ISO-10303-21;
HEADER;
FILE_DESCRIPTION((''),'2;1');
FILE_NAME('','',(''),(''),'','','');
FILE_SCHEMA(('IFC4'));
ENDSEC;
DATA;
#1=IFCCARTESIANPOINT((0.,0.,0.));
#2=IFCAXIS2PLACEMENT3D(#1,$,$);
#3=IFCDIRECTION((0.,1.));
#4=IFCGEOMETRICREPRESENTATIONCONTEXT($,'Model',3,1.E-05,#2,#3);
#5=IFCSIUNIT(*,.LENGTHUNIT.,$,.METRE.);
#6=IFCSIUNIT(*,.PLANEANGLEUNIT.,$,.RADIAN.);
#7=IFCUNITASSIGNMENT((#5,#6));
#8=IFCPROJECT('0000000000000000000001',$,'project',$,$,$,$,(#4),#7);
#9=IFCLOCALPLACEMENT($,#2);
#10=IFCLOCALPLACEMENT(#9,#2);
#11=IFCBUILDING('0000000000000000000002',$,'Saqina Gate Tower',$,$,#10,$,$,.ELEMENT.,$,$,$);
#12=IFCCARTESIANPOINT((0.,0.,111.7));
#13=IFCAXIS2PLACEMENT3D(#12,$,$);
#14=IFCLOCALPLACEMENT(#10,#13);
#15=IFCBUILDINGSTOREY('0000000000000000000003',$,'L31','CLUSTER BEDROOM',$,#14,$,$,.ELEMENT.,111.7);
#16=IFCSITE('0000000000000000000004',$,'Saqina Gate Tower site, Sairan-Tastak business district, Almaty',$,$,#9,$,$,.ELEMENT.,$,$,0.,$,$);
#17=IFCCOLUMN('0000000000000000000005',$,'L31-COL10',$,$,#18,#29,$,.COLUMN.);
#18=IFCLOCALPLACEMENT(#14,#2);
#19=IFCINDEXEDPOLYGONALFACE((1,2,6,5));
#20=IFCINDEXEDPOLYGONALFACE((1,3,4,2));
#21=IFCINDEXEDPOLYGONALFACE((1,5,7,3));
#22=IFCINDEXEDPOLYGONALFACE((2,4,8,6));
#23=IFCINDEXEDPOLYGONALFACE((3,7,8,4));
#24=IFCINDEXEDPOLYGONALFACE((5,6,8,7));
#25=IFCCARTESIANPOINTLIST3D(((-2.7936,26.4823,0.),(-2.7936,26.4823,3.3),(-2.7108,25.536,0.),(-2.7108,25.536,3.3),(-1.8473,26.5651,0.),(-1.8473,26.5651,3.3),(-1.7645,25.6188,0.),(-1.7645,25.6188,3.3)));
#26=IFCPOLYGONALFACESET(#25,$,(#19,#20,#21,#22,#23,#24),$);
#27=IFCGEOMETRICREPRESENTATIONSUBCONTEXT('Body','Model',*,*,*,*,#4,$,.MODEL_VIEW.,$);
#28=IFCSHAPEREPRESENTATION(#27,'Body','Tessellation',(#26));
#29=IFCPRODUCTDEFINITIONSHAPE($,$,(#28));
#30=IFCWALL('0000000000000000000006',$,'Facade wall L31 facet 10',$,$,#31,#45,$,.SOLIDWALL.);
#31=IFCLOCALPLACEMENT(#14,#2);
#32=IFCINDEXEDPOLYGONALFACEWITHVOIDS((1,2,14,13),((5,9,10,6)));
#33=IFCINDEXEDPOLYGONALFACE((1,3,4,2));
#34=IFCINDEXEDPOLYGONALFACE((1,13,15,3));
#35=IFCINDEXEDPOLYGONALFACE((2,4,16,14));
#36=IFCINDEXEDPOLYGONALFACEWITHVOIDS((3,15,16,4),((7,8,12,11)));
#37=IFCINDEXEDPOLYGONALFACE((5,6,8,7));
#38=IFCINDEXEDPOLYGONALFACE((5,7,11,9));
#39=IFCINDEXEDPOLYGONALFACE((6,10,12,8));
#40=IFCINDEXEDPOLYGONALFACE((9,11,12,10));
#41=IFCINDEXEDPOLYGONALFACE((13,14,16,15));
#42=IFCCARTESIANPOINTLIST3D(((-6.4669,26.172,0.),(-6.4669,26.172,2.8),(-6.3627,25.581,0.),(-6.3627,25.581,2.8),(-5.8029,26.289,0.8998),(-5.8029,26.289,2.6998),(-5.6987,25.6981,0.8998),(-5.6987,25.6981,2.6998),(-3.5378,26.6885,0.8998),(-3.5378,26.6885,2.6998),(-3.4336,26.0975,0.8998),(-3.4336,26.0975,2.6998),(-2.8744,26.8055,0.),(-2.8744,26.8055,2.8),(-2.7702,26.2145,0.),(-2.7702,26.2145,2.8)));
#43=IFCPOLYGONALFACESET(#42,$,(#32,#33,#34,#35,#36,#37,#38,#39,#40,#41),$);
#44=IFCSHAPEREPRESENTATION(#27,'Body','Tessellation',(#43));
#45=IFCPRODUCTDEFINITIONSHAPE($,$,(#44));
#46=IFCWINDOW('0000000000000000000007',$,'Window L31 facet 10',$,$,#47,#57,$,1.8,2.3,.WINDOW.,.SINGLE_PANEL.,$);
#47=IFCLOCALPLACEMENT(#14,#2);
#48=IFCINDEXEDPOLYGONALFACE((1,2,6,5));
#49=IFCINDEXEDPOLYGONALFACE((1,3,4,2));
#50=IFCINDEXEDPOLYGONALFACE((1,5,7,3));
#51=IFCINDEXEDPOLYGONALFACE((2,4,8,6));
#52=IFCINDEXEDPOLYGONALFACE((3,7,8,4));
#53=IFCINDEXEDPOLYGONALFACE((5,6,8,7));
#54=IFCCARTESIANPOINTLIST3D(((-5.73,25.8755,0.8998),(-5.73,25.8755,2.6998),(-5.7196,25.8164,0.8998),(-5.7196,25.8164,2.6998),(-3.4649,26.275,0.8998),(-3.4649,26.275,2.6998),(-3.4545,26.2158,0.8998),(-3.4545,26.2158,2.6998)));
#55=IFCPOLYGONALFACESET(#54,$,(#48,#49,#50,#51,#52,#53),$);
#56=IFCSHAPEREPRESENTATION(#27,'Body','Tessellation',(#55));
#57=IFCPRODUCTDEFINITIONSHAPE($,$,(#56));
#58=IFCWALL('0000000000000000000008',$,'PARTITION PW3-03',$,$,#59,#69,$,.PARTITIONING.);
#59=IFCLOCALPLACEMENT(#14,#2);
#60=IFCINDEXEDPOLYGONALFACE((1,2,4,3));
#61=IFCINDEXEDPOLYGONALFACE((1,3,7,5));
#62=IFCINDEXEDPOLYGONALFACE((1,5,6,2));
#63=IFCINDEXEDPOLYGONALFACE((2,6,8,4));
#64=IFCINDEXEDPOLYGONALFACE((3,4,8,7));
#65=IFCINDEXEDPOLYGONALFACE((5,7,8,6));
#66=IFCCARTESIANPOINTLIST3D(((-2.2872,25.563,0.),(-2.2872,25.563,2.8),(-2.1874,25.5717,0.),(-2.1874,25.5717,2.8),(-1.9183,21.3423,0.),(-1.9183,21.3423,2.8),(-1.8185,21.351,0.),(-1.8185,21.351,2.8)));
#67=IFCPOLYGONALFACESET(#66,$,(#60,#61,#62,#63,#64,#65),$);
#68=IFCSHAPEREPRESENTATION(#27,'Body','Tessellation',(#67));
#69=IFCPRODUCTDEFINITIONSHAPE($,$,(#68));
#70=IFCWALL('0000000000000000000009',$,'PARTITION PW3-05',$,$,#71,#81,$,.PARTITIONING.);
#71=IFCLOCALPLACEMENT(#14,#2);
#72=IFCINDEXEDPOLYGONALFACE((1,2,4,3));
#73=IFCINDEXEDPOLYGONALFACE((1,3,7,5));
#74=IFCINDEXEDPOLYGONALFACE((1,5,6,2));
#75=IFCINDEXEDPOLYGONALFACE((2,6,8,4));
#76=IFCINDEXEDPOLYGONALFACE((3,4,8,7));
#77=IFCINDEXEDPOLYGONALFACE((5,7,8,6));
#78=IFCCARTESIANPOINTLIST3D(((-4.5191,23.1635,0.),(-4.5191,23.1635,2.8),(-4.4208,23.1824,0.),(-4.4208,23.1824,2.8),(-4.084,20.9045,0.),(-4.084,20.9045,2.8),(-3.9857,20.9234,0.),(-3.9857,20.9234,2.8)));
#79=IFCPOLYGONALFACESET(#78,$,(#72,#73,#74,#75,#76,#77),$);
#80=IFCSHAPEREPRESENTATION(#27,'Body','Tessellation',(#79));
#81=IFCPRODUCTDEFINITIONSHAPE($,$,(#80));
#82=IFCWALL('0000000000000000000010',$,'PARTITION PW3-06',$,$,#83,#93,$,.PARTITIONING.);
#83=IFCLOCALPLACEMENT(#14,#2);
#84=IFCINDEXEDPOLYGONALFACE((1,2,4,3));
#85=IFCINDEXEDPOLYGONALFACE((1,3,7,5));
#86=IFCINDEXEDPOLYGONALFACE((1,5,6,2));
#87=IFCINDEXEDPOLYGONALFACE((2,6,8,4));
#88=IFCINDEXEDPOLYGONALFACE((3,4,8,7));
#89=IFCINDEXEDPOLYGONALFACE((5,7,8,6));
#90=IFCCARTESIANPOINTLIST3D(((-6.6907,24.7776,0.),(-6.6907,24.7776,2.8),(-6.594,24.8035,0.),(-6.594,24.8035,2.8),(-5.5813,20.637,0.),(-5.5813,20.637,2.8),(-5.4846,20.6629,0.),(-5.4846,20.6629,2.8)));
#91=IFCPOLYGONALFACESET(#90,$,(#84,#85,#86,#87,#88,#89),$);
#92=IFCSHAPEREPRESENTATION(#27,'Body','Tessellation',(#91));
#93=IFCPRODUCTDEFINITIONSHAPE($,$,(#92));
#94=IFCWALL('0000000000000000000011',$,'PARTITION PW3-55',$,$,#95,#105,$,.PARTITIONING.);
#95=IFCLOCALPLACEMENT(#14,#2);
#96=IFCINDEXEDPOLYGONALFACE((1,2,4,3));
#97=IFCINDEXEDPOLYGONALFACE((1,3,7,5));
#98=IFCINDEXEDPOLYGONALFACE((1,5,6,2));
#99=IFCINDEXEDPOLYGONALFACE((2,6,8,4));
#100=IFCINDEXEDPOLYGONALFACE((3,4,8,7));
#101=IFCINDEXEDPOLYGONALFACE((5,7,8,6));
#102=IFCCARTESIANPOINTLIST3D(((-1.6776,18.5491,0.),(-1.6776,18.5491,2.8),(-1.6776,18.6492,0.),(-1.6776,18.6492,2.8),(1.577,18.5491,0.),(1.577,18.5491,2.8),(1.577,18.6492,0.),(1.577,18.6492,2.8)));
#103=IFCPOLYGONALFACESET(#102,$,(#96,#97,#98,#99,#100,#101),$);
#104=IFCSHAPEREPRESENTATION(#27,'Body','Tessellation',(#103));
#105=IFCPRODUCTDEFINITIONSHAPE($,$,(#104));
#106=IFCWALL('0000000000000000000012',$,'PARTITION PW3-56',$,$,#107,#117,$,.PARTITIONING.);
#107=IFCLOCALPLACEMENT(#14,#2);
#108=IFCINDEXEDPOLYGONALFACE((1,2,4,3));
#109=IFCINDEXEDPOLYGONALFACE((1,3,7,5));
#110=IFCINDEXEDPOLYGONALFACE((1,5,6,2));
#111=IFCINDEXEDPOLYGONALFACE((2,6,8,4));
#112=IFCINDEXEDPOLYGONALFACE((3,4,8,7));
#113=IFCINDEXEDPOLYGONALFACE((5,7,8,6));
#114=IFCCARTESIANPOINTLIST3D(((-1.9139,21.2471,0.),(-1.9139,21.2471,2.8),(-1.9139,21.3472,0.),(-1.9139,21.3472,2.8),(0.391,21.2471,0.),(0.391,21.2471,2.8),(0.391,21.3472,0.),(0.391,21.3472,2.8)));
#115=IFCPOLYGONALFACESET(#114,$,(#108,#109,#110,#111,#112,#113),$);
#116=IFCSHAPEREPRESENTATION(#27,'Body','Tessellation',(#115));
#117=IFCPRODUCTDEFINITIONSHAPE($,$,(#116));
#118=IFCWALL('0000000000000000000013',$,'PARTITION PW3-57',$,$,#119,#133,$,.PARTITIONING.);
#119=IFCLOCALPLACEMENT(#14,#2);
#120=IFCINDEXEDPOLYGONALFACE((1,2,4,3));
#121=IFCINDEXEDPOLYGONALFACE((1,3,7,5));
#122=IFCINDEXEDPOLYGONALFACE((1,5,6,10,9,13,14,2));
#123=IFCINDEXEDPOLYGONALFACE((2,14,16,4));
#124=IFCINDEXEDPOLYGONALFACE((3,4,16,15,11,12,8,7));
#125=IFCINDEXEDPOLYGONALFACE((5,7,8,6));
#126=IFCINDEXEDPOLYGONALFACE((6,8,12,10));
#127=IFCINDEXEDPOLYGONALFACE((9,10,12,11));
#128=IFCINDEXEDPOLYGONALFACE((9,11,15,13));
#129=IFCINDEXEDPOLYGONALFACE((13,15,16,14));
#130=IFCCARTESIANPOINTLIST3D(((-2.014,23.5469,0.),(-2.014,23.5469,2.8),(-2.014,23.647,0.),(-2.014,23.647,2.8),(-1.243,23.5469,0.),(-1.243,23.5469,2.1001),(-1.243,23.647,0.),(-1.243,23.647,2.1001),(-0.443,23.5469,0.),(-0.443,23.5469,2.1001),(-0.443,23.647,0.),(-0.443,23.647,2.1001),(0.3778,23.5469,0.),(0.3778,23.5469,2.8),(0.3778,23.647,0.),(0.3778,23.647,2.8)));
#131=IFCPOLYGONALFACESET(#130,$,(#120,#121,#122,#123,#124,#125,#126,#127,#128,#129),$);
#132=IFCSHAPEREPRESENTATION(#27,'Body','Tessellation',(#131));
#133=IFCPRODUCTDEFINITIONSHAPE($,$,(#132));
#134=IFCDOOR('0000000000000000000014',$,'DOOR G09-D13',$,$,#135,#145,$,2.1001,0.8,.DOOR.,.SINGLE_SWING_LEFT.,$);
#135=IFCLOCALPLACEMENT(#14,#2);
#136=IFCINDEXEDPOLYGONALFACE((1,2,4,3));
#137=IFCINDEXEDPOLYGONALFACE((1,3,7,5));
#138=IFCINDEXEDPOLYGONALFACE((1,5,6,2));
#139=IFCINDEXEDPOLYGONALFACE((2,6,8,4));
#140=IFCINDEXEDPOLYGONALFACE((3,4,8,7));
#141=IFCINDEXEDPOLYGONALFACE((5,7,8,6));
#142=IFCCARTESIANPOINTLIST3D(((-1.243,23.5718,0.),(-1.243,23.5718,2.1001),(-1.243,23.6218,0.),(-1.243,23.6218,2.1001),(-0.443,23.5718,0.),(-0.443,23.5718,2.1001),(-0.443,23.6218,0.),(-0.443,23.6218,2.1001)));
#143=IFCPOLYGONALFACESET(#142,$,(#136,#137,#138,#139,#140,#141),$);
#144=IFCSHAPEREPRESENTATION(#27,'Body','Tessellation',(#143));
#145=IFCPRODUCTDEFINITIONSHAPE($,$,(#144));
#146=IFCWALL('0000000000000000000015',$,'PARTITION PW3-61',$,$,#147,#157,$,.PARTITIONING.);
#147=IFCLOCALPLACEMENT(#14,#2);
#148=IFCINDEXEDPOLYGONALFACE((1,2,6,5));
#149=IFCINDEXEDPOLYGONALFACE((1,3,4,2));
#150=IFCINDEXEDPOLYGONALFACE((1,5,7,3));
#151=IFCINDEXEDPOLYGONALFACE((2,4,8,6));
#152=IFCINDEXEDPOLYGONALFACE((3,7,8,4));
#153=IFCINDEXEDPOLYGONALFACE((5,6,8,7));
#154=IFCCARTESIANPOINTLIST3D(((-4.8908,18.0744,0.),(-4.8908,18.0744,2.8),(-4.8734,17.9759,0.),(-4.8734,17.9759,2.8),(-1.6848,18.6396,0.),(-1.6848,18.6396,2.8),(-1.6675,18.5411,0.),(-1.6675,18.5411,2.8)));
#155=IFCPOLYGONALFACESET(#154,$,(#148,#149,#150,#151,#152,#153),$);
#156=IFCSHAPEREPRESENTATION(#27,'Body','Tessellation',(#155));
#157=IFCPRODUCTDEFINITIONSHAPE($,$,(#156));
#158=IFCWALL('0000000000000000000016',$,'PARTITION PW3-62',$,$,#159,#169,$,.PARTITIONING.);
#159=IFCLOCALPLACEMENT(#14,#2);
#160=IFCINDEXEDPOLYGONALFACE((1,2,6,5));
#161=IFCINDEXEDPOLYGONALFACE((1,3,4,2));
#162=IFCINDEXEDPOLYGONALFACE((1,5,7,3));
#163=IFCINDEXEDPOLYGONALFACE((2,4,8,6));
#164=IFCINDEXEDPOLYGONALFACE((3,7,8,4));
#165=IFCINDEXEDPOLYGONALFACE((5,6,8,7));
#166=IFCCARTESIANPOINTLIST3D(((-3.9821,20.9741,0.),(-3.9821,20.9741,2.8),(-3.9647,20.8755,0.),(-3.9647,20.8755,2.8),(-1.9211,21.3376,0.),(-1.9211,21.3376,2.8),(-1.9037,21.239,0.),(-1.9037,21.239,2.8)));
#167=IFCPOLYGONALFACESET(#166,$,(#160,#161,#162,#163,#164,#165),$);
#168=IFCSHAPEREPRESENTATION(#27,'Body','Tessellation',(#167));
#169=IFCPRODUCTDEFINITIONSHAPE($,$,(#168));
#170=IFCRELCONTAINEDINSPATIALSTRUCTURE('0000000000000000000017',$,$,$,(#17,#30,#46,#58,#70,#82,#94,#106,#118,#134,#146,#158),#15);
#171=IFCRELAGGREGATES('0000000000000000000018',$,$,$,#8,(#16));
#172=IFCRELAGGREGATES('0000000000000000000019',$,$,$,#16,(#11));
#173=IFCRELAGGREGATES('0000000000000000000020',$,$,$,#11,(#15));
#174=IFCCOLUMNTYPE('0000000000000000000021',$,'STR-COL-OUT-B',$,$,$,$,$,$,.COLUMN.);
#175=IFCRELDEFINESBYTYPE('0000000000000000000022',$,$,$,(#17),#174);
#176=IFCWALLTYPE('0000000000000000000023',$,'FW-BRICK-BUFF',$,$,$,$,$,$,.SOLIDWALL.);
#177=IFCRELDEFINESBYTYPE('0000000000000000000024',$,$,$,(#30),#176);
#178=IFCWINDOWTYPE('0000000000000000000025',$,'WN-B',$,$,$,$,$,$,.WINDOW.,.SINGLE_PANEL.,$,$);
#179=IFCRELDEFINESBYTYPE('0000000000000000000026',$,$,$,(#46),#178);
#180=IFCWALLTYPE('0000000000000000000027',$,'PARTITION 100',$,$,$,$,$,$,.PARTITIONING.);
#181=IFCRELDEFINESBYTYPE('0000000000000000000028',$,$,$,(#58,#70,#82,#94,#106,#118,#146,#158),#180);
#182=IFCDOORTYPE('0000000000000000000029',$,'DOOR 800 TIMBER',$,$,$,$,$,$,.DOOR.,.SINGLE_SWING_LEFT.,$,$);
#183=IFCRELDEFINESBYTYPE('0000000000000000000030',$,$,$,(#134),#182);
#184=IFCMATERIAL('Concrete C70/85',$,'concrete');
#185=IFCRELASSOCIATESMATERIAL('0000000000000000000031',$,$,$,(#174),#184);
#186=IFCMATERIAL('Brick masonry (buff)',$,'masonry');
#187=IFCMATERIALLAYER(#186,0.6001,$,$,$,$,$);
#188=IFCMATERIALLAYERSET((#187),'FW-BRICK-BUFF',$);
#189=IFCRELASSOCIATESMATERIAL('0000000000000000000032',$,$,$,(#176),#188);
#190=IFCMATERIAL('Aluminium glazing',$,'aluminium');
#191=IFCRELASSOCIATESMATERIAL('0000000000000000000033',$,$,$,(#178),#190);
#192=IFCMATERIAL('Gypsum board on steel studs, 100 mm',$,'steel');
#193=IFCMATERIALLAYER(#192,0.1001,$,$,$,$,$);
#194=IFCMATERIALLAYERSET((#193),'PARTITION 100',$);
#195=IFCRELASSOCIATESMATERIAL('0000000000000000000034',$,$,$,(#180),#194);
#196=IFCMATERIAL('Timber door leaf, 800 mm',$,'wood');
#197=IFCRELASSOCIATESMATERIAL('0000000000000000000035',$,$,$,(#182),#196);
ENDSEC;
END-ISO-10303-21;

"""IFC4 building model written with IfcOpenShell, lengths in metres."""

from ifc_helpers import new_model, si_unit, direction, frame, frame_2d, origin, origin_2d, place, context, subcontext, project, spatial, rectangle, extrude, material, layer, layer_set, material_profile, profile_set, type_object, element, fill, save


model = new_model("IFC4")

# Units and contexts
model_context = context("Model", 3, precision=1e-05, world=origin(), true_north=direction((0.0, 1.0)))
body_context = subcontext(model_context, "Body", "Model", "MODEL_VIEW")
ifc_project = project(units=[si_unit("LENGTHUNIT", "METRE"), si_unit("PLANEANGLEUNIT", "RADIAN")], contexts=[model_context])

# Site, building, storey
site_placement = place(None, origin())
site = spatial("IfcSite", under=ifc_project, at=site_placement, Name="Saqina Gate Tower site, Sairan-Tastak business district, Almaty", CompositionType="ELEMENT", RefElevation=0.0)
building_placement = place(site_placement, origin())
building = spatial("IfcBuilding", under=site, at=building_placement, Name="Saqina Gate Tower", CompositionType="ELEMENT")
storey_placement = place(building_placement, frame((0.0, 0.0, 111.7)))
storey = spatial("IfcBuildingStorey", under=building, at=storey_placement, Name="L31", Description="CLUSTER BEDROOM", CompositionType="ELEMENT", Elevation=111.7)

# Column
ifc_material_1 = material(Name="Concrete C70/85", Category="concrete")
ifc_material_profile = material_profile(ifc_material_1, rectangle(XDim=0.95, YDim=0.95, at=origin_2d()), Name="RC 950x950")
ifc_profile_set = profile_set([ifc_material_profile], Name="Concrete C70/85")
column_type = type_object("IfcColumnType", Name="STR-COL-OUT-B", PredefinedType="COLUMN", material=ifc_profile_set)
column_placement = place(storey_placement, frame((-2.2791, 26.0505, 0.0), z_axis=(0.0, 0.0, 1.0), x_axis=(-0.087156, 0.996195, 0.0)))
element("IfcColumn", 1, at=column_placement, inside=storey, type_object=column_type, Name="L31-COL10", PredefinedType="COLUMN", context=body_context, shape_type="SweptSolid", body=[
    extrude(rectangle(XDim=0.95, YDim=0.95, at=origin_2d()), origin(), (0.0, 0.0, 1.0), 3.3),
])

# Wall, opening, window
ifc_material_2 = material(Name="Brick masonry (buff)", Category="masonry")
ifc_layer_1 = layer(ifc_material_2, 0.6001)
ifc_layer_set_1 = layer_set([ifc_layer_1], Name="FW-BRICK-BUFF")
wall_type_1 = type_object("IfcWallType", Name="FW-BRICK-BUFF", PredefinedType="SOLIDWALL", material=ifc_layer_set_1)
wall_1_placement = place(storey_placement, frame((-2.8223, 26.51, 0.0), z_axis=(0.0, 0.0, 1.0), x_axis=(-0.984804, -0.173671, 0.0)))
wall_1 = element("IfcWall", 2, at=wall_1_placement, inside=storey, type_object=wall_type_1, Name="Facade wall L31 facet 10", PredefinedType="SOLIDWALL", context=body_context, shape_type="SweptSolid", body=[
    extrude(rectangle(XDim=3.6479, YDim=0.6001, at=frame_2d((1.824, 0.0))), origin(), (0.0, 0.0, 1.0), 2.8),
])
opening_1_placement = place(wall_1_placement, frame((0.6738, 0.0, 0.8999)))
opening_1 = element("IfcOpeningElement", 3, at=opening_1_placement, cuts=wall_1, PredefinedType="OPENING", context=body_context, shape_type="SweptSolid", body=[
    extrude(rectangle(XDim=2.3, YDim=1.8, at=frame_2d((1.1499, 0.8999))), frame((0.0, 0.312, 0.0), z_axis=(0.0, -1.0, 0.0), x_axis=(1.0, 0.0, 0.0)), (0.0, 0.0, 1.0), 0.624),
])
ifc_material_3 = material(Name="Aluminium glazing", Category="aluminium")
window_type = type_object("IfcWindowType", Name="WN-B", PartitioningType="SINGLE_PANEL", PredefinedType="WINDOW", material=ifc_material_3)
window_placement = place(opening_1_placement, origin())
window = element("IfcWindow", 4, at=window_placement, inside=storey, type_object=window_type, Name="Window L31 facet 10", OverallHeight=1.8, OverallWidth=2.3, PartitioningType="SINGLE_PANEL", PredefinedType="WINDOW", context=body_context, shape_type="SweptSolid", body=[
    extrude(rectangle(XDim=2.3, YDim=1.8, at=frame_2d((1.1499, 0.8999))), frame((0.0, 0.1799, 0.0), z_axis=(0.0, -1.0, 0.0), x_axis=(1.0, 0.0, 0.0)), (0.0, 0.0, 1.0), 0.0601),
])
fill(opening_1, window)

# Walls
ifc_material_4 = material(Name="Gypsum board on steel studs, 100 mm", Category="steel")
ifc_layer_2 = layer(ifc_material_4, 0.1001)
ifc_layer_set_2 = layer_set([ifc_layer_2], Name="PARTITION 100")
wall_type_2 = type_object("IfcWallType", Name="PARTITION 100", PredefinedType="PARTITIONING", material=ifc_layer_set_2)
wall_2_placement = place(storey_placement, frame((-2.2373, 25.5674, 0.0), z_axis=(0.0, 0.0, 1.0), x_axis=(0.08707, -0.996202, 0.0)))
element("IfcWall", 5, at=wall_2_placement, inside=storey, type_object=wall_type_2, Name="PARTITION PW3-03", PredefinedType="PARTITIONING", context=body_context, shape_type="SweptSolid", body=[
    extrude(rectangle(XDim=4.2368, YDim=0.1001, at=frame_2d((2.1184, 0.0))), origin(), (0.0, 0.0, 1.0), 2.8),
])
wall_3_placement = place(storey_placement, frame((-4.47, 23.1731, 0.0), z_axis=(0.0, 0.0, 1.0), x_axis=(0.189111, -0.981956, 0.0)))
element("IfcWall", 6, at=wall_3_placement, inside=storey, type_object=wall_type_2, Name="PARTITION PW3-05", PredefinedType="PARTITIONING", context=body_context, shape_type="SweptSolid", body=[
    extrude(rectangle(XDim=2.3005, YDim=0.1001, at=frame_2d((1.1504, 0.0))), origin(), (0.0, 0.0, 1.0), 2.8),
])
wall_4_placement = place(storey_placement, frame((-6.6423, 24.7905, 0.0), z_axis=(0.0, 0.0, 1.0), x_axis=(0.258797, -0.965932, 0.0)))
element("IfcWall", 7, at=wall_4_placement, inside=storey, type_object=wall_type_2, Name="PARTITION PW3-06", PredefinedType="PARTITIONING", context=body_context, shape_type="SweptSolid", body=[
    extrude(rectangle(XDim=4.2866, YDim=0.1001, at=frame_2d((2.1433, 0.0))), origin(), (0.0, 0.0, 1.0), 2.8),
])
wall_5_placement = place(storey_placement, frame((-1.6777, 18.5991, 0.0), z_axis=(0.0, 0.0, 1.0), x_axis=(1.0, 0.0, 0.0)))
element("IfcWall", 8, at=wall_5_placement, inside=storey, type_object=wall_type_2, Name="PARTITION PW3-55", PredefinedType="PARTITIONING", context=body_context, shape_type="SweptSolid", body=[
    extrude(rectangle(XDim=3.2546, YDim=0.1001, at=frame_2d((1.6274, 0.0))), origin(), (0.0, 0.0, 1.0), 2.8),
])
wall_6_placement = place(storey_placement, frame((-1.9138, 21.2971, 0.0), z_axis=(0.0, 0.0, 1.0), x_axis=(1.0, 0.0, 0.0)))
element("IfcWall", 9, at=wall_6_placement, inside=storey, type_object=wall_type_2, Name="PARTITION PW3-56", PredefinedType="PARTITIONING", context=body_context, shape_type="SweptSolid", body=[
    extrude(rectangle(XDim=2.3049, YDim=0.1001, at=frame_2d((1.1523, 0.0))), origin(), (0.0, 0.0, 1.0), 2.8),
])

# Wall, opening, door
wall_7_placement = place(storey_placement, frame((-2.0139, 23.5969, 0.0), z_axis=(0.0, 0.0, 1.0), x_axis=(1.0, 0.0, 0.0)))
wall_7 = element("IfcWall", 10, at=wall_7_placement, inside=storey, type_object=wall_type_2, Name="PARTITION PW3-57", PredefinedType="PARTITIONING", context=body_context, shape_type="SweptSolid", body=[
    extrude(rectangle(XDim=2.3918, YDim=0.1001, at=frame_2d((1.1958, 0.0))), origin(), (0.0, 0.0, 1.0), 2.8),
])
opening_2_placement = place(wall_7_placement, frame((0.771, 0.0, 0.0)))
opening_2 = element("IfcOpeningElement", 11, at=opening_2_placement, cuts=wall_7, PredefinedType="OPENING", context=body_context, shape_type="SweptSolid", body=[
    extrude(rectangle(XDim=0.8, YDim=2.1001, at=frame_2d((0.3999, 1.05))), frame((0.0, 0.062, 0.0), z_axis=(0.0, -1.0, 0.0), x_axis=(1.0, 0.0, 0.0)), (0.0, 0.0, 1.0), 0.124),
])
ifc_material_5 = material(Name="Timber door leaf, 800 mm", Category="wood")
door_type_1 = type_object("IfcDoorType", Name="DOOR 800 TIMBER", OperationType="SINGLE_SWING_LEFT", PredefinedType="DOOR", material=ifc_material_5)
door_1_placement = place(opening_2_placement, origin())
door_1 = element("IfcDoor", 12, at=door_1_placement, inside=storey, type_object=door_type_1, Name="DOOR G09-D13", OperationType="SINGLE_SWING_LEFT", OverallHeight=2.1001, OverallWidth=0.8, PredefinedType="DOOR", context=body_context, shape_type="SweptSolid", body=[
    extrude(rectangle(XDim=0.8, YDim=2.1001, at=frame_2d((0.3999, 1.05))), frame((0.0, 0.0249, 0.0), z_axis=(0.0, -1.0, 0.0), x_axis=(1.0, 0.0, 0.0)), (0.0, 0.0, 1.0), 0.05),
])
fill(opening_2, door_1)

# Walls
wall_8_placement = place(storey_placement, frame((-4.8821, 18.0251, 0.0), z_axis=(0.0, 0.0, 1.0), x_axis=(0.984812, 0.173623, 0.0)))
element("IfcWall", 13, at=wall_8_placement, inside=storey, type_object=wall_type_2, Name="PARTITION PW3-61", PredefinedType="PARTITIONING", context=body_context, shape_type="SweptSolid", body=[
    extrude(rectangle(XDim=3.2554, YDim=0.1001, at=frame_2d((1.6277, 0.0))), origin(), (0.0, 0.0, 1.0), 2.8),
])
wall_9_placement = place(storey_placement, frame((-3.9734, 20.9248, 0.0), z_axis=(0.0, 0.0, 1.0), x_axis=(0.984799, 0.173699, 0.0)))
element("IfcWall", 14, at=wall_9_placement, inside=storey, type_object=wall_type_2, Name="PARTITION PW3-62", PredefinedType="PARTITIONING", context=body_context, shape_type="SweptSolid", body=[
    extrude(rectangle(XDim=2.0928, YDim=0.1001, at=frame_2d((1.0464, 0.0))), origin(), (0.0, 0.0, 1.0), 2.8),
])

save(model, "model.ifc")
